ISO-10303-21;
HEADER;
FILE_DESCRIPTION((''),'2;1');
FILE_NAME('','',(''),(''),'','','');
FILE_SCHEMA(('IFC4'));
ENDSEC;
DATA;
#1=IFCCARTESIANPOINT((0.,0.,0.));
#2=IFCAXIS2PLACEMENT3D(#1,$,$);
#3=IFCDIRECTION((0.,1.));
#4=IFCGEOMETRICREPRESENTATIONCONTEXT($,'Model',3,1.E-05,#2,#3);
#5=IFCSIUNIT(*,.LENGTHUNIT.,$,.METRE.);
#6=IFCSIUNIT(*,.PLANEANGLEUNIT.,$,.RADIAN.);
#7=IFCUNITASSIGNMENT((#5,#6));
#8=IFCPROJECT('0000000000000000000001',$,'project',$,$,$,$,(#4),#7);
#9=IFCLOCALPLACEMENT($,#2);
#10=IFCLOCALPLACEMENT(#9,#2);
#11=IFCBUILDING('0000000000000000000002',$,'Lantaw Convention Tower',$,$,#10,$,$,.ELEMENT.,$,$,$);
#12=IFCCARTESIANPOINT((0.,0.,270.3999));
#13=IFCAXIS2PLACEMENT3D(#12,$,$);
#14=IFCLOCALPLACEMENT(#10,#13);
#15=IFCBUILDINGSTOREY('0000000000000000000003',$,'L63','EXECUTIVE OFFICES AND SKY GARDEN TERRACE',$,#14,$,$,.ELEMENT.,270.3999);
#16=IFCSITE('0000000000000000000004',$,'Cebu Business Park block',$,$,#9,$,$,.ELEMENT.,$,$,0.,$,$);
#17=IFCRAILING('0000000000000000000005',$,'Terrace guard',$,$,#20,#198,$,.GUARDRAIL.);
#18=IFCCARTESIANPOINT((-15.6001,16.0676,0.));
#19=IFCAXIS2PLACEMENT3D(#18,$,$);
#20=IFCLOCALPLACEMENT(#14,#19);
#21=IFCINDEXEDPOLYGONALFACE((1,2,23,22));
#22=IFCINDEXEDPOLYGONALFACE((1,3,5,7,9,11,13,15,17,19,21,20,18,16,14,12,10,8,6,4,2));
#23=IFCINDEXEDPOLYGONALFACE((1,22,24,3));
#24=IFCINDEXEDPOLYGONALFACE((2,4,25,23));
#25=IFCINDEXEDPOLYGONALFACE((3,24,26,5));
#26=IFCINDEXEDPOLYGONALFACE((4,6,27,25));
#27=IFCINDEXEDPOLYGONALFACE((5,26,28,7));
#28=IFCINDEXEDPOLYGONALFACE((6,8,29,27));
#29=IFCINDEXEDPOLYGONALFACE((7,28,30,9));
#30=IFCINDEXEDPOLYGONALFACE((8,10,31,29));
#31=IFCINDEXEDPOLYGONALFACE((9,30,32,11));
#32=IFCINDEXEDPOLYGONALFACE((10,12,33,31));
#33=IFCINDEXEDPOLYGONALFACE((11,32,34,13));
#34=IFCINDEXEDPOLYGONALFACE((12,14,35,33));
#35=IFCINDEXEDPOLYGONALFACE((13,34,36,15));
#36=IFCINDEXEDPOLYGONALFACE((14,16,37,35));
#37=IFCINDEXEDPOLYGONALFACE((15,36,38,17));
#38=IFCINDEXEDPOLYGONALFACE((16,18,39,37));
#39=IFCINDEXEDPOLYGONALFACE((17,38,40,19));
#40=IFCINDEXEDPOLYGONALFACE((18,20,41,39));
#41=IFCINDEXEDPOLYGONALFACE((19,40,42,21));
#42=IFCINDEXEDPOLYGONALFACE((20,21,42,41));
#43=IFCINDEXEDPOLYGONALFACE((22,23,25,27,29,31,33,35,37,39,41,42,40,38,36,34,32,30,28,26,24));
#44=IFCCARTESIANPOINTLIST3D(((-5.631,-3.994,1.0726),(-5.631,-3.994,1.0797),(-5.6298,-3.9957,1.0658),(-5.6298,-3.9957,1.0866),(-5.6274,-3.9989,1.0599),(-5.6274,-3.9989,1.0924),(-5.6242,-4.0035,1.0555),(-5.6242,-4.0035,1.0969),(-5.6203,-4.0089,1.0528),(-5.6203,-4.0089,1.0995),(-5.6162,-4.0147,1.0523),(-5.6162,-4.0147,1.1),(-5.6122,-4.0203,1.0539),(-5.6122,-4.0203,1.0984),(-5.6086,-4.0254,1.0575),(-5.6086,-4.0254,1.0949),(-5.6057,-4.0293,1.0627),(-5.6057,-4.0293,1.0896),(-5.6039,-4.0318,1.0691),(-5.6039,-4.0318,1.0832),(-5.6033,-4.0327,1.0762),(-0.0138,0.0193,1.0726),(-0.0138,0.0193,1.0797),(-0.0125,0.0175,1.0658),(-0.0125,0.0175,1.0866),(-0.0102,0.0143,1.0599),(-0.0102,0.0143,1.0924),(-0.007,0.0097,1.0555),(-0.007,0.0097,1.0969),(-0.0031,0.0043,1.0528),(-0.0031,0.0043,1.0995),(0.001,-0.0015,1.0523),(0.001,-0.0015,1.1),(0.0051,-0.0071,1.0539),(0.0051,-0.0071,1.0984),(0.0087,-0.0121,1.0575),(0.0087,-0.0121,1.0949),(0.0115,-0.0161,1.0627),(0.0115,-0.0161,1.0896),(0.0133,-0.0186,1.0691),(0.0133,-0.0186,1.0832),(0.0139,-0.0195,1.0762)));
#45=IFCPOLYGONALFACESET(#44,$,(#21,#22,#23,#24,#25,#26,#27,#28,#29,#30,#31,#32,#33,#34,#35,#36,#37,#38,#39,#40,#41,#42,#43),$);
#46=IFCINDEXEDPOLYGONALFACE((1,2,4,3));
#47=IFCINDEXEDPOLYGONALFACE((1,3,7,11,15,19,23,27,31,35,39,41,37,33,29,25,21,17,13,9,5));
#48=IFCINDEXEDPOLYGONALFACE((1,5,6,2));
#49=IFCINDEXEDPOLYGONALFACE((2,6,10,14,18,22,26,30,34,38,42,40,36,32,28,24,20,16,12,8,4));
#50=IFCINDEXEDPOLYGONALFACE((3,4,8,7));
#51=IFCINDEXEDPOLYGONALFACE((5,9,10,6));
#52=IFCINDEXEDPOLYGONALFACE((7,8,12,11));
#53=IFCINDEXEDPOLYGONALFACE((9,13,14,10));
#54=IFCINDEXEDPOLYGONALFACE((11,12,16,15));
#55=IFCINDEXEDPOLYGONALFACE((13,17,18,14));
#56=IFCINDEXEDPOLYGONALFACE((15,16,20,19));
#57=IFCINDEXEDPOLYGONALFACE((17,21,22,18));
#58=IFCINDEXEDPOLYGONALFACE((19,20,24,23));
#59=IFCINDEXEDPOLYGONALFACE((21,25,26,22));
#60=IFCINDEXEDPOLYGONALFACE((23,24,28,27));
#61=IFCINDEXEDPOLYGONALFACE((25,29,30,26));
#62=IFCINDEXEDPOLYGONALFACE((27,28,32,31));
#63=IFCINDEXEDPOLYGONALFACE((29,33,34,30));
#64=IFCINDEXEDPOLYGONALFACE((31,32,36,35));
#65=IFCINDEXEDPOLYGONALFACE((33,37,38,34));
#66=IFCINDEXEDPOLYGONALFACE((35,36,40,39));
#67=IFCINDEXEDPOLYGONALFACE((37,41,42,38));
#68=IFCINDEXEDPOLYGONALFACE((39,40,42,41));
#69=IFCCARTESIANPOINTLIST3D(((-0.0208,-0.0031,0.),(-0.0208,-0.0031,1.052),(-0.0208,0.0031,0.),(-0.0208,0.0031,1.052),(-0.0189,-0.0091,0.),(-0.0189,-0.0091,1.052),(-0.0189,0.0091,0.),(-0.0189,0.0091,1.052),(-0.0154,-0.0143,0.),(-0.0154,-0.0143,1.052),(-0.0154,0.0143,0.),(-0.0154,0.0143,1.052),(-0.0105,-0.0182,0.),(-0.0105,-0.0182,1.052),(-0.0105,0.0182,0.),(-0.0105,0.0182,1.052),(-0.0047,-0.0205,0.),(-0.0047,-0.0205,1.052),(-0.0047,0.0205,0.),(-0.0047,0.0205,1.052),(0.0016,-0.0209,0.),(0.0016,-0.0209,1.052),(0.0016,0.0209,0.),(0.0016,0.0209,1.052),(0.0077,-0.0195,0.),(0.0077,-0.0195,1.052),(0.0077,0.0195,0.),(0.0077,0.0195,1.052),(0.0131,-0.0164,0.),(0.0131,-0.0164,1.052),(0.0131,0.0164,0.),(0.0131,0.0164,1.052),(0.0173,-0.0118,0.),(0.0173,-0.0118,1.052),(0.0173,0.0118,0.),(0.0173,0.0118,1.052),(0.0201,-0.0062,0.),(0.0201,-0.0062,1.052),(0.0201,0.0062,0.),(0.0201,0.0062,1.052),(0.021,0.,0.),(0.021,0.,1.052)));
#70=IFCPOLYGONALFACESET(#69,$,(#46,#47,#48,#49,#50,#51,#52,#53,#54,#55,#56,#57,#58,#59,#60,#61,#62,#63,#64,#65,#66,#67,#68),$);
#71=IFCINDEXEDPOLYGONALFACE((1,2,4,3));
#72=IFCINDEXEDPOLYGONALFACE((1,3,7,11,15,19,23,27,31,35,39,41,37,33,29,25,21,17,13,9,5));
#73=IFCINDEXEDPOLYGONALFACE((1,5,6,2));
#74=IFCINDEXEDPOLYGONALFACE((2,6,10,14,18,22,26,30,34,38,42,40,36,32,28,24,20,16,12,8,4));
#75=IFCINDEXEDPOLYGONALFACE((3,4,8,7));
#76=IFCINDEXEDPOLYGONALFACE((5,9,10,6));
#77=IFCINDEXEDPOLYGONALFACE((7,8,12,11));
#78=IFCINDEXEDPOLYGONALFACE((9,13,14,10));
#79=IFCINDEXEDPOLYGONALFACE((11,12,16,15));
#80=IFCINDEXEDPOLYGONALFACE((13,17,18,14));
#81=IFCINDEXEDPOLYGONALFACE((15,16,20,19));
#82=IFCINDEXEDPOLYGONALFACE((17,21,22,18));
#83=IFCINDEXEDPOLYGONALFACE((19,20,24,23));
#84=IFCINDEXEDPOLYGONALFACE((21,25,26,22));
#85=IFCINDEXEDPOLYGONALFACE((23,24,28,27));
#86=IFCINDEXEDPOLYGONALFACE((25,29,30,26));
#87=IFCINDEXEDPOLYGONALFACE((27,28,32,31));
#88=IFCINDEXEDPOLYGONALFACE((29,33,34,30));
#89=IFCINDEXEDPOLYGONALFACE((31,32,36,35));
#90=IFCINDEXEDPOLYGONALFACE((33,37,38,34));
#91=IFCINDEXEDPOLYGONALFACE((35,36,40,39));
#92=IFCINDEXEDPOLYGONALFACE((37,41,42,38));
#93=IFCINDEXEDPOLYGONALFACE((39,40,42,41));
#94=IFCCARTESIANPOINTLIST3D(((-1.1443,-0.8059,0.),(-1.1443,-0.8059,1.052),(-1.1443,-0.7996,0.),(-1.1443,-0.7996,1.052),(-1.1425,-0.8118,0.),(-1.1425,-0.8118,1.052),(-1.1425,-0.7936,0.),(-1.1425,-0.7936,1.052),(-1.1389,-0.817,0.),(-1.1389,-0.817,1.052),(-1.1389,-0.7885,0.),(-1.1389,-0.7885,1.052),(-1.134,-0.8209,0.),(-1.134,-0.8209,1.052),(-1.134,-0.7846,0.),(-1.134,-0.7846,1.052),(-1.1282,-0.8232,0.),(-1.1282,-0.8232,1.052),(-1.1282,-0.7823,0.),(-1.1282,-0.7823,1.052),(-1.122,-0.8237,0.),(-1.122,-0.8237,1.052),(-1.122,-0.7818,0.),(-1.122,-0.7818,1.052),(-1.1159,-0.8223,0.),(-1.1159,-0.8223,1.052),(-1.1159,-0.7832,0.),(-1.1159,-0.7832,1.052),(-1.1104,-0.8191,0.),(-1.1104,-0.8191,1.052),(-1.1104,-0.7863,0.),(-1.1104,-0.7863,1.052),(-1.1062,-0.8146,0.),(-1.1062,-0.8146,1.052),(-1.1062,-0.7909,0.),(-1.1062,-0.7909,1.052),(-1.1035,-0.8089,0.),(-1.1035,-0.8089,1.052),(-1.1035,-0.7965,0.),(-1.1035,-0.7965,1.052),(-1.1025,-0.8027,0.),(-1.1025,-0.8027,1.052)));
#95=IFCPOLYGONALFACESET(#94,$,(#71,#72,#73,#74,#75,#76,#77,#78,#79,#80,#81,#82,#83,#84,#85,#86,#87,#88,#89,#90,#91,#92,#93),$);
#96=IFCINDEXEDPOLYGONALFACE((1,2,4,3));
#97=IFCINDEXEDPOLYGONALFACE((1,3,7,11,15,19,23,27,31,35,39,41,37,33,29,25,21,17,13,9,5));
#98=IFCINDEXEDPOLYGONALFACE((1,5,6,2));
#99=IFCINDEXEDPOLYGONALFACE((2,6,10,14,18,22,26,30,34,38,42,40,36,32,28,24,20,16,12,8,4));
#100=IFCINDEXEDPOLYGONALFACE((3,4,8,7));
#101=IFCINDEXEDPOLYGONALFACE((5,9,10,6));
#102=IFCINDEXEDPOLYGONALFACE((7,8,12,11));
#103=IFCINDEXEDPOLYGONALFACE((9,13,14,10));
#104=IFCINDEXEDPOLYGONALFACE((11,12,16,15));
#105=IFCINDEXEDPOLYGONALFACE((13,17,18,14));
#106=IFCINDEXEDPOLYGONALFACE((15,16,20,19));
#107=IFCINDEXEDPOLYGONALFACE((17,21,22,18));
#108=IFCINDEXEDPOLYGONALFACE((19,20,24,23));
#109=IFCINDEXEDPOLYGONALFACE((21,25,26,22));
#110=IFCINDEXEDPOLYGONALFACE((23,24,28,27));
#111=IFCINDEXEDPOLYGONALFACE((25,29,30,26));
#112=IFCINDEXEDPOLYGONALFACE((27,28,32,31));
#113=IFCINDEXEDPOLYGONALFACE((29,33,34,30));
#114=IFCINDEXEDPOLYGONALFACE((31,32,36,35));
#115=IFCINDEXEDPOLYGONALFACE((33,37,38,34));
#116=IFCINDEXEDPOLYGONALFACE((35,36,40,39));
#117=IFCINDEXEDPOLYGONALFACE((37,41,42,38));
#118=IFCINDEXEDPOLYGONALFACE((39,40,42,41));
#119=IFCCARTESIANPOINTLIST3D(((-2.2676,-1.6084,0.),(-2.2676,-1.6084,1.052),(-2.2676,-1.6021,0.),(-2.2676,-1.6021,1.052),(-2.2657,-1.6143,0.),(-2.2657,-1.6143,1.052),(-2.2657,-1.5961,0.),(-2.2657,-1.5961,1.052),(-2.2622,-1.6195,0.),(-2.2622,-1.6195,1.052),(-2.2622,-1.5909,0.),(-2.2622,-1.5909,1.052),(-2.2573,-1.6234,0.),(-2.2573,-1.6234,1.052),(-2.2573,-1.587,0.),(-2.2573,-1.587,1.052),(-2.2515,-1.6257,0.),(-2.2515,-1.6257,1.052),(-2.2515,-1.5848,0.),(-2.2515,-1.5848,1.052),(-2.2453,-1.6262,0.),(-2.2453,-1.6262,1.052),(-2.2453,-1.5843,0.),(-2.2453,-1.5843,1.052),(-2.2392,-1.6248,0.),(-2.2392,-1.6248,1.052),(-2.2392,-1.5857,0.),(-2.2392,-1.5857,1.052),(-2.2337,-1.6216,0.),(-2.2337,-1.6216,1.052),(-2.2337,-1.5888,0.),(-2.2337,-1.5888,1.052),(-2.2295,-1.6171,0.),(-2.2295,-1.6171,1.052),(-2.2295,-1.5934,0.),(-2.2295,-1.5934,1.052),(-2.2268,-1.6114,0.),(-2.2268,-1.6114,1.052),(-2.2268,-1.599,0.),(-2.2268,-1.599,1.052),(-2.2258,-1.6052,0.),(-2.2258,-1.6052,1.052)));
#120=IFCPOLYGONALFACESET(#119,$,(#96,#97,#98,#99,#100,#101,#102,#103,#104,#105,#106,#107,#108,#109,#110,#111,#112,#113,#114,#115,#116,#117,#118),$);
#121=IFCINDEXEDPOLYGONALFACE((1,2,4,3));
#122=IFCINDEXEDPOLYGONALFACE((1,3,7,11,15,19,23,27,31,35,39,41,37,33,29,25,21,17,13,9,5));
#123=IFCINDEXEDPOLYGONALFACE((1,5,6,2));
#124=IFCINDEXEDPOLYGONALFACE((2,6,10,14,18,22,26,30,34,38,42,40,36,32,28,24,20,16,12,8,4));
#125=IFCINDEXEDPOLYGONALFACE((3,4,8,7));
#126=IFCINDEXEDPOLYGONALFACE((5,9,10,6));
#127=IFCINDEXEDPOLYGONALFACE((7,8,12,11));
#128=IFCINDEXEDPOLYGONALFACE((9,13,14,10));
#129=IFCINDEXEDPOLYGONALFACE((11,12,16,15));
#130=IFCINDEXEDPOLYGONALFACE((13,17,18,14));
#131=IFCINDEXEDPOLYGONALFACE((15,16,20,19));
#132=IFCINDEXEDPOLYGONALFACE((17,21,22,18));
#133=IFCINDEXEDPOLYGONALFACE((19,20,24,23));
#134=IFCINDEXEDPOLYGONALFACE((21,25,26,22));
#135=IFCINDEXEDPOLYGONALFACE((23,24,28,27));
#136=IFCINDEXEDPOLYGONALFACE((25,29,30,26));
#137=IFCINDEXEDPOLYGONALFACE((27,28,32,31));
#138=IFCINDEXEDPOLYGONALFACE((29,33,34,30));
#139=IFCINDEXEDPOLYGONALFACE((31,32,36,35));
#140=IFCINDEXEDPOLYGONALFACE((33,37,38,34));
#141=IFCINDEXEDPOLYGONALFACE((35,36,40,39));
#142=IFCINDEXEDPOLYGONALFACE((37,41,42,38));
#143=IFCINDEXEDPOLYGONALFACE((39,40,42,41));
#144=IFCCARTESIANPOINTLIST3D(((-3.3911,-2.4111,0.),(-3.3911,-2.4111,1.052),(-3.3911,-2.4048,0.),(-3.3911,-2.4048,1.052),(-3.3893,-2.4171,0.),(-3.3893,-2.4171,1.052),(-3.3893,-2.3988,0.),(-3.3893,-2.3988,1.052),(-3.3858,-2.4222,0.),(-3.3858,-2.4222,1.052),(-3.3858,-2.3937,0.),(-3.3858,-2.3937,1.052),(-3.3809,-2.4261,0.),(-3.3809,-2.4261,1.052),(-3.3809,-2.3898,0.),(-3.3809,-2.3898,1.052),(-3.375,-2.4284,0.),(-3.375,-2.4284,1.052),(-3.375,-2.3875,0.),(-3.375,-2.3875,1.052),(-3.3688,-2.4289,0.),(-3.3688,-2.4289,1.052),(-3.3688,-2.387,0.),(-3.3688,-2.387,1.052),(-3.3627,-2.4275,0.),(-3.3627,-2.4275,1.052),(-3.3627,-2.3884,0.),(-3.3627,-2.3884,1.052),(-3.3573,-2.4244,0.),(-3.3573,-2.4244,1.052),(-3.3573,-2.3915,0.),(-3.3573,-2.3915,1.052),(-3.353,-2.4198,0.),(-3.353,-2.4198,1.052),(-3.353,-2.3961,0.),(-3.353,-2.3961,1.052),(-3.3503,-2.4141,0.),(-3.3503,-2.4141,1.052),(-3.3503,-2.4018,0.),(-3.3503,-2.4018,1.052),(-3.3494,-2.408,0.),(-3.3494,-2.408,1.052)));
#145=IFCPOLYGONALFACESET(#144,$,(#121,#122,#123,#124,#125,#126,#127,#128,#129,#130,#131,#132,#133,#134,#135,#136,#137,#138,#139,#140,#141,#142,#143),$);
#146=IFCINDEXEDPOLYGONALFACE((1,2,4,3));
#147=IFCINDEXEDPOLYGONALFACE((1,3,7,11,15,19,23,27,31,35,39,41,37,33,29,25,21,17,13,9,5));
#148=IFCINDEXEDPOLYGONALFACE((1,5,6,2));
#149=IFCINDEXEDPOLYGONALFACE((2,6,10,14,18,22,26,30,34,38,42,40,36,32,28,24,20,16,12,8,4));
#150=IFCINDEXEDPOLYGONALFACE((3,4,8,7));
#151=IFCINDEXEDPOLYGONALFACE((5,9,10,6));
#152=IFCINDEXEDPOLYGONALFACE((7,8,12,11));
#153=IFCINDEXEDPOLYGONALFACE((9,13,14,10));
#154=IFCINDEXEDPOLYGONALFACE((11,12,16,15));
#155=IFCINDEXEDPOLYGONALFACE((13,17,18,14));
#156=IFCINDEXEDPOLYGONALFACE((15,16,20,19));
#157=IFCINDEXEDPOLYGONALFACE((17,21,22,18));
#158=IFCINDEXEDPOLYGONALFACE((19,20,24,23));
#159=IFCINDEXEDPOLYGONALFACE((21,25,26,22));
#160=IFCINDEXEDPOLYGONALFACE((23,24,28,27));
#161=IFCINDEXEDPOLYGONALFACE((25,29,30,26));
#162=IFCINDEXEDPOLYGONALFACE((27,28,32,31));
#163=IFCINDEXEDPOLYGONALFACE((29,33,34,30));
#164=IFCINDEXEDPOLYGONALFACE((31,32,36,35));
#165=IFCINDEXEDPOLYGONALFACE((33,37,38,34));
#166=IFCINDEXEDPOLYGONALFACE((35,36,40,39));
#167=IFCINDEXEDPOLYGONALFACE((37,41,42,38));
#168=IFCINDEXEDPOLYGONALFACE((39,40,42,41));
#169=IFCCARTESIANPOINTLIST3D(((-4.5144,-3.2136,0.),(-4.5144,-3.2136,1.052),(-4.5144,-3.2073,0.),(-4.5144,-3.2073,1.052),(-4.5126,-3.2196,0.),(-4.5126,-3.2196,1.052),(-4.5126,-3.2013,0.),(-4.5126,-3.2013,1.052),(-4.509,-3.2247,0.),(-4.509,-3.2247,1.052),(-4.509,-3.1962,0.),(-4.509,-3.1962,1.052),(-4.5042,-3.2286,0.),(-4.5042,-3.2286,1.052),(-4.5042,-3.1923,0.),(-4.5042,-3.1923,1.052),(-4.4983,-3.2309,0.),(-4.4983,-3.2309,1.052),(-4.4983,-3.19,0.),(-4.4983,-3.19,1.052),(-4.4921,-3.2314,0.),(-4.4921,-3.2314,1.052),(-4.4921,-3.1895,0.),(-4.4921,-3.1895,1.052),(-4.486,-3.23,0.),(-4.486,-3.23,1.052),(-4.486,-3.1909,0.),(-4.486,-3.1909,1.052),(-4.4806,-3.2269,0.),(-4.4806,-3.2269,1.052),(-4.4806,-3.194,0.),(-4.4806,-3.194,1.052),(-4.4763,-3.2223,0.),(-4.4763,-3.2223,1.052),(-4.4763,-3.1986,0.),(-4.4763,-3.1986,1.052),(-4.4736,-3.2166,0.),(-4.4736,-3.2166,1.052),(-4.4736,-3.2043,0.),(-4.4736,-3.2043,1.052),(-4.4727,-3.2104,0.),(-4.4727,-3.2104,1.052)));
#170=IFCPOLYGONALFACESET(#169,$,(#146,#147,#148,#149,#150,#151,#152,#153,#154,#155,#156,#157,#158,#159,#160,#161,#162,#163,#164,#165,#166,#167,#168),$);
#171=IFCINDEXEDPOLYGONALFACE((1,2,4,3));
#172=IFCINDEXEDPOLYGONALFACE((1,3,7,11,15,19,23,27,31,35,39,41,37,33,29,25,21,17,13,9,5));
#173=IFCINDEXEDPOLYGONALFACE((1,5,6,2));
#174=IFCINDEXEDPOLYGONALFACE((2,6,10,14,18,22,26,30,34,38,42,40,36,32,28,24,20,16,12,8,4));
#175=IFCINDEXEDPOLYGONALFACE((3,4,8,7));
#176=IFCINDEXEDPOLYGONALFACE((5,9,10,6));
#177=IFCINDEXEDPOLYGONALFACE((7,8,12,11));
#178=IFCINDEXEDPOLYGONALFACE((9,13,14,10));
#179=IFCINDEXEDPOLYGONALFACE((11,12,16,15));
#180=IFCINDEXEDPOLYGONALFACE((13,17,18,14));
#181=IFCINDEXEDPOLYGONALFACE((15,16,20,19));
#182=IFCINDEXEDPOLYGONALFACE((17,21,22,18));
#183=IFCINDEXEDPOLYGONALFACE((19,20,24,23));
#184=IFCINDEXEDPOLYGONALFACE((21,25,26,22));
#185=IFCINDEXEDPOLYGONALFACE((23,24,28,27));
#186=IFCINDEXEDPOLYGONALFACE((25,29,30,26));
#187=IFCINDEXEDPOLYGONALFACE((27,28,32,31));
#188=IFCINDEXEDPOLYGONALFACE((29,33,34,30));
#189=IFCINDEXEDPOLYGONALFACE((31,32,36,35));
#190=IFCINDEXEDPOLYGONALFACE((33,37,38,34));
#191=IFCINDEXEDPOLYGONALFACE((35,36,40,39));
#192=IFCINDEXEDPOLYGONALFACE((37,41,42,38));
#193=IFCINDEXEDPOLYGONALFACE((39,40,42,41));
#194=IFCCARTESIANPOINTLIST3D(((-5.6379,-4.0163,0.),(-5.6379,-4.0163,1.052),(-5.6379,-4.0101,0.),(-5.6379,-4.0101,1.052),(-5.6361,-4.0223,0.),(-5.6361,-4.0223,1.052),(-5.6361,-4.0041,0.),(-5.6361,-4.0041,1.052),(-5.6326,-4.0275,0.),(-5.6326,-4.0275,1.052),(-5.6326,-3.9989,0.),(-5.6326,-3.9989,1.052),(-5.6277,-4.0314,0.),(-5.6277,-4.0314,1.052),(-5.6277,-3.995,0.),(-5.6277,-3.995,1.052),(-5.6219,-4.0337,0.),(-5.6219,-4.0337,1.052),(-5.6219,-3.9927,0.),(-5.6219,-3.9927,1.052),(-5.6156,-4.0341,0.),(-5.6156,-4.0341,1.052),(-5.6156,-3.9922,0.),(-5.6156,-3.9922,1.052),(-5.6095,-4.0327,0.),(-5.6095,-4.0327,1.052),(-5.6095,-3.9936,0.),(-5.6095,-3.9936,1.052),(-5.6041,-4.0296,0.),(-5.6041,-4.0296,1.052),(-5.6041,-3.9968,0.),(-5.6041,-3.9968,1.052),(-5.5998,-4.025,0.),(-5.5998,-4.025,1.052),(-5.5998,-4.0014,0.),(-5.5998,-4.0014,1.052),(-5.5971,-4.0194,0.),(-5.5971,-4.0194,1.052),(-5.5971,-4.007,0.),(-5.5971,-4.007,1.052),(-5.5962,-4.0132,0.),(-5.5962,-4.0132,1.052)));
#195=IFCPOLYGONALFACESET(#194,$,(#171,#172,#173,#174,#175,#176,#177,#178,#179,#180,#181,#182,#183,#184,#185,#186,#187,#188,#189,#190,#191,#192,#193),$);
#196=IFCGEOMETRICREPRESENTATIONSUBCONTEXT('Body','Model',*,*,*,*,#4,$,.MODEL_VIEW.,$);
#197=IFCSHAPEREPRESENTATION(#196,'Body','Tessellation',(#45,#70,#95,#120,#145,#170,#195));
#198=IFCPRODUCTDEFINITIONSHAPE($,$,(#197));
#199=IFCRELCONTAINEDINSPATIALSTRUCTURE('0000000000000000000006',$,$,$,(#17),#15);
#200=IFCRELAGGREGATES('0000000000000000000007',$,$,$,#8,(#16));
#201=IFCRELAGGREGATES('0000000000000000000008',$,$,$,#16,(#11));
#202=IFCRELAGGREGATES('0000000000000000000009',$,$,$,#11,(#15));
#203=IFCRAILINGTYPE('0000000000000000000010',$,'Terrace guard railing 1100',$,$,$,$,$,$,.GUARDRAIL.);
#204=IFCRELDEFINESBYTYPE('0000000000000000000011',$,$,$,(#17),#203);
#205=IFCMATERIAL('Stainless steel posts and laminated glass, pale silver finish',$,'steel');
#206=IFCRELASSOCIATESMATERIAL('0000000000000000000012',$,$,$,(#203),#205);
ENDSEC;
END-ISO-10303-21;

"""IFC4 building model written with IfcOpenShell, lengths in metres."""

from ifc_helpers import new_model, si_unit, direction, frame, origin, origin_2d, place, context, subcontext, project, spatial, circle, extrude, material, type_object, element, save


model = new_model("IFC4")

# Units and contexts
model_context = context("Model", 3, precision=1e-05, world=origin(), true_north=direction((0.0, 1.0)))
body_context = subcontext(model_context, "Body", "Model", "MODEL_VIEW")
ifc_project = project(units=[si_unit("LENGTHUNIT", "METRE"), si_unit("PLANEANGLEUNIT", "RADIAN")], contexts=[model_context])

# Site, building, storey
site_placement = place(None, origin())
site = spatial("IfcSite", under=ifc_project, at=site_placement, Name="Cebu Business Park block", CompositionType="ELEMENT", RefElevation=0.0)
building_placement = place(site_placement, origin())
building = spatial("IfcBuilding", under=site, at=building_placement, Name="Lantaw Convention Tower", CompositionType="ELEMENT")
storey_placement = place(building_placement, frame((0.0, 0.0, 270.3999)))
storey = spatial("IfcBuildingStorey", under=building, at=storey_placement, Name="L63", Description="EXECUTIVE OFFICES AND SKY GARDEN TERRACE", CompositionType="ELEMENT", Elevation=270.3999)

# Railing
ifc_material_1 = material(Name="Stainless steel posts and laminated glass, pale silver finish", Category="steel")
railing_type = type_object("IfcRailingType", Name="Terrace guard railing 1100", PredefinedType="GUARDRAIL", material=ifc_material_1)
railing_1_placement = place(storey_placement, frame((-15.6001, 16.0676, 0.0)))
element("IfcRailing", 1, at=railing_1_placement, inside=storey, type_object=railing_type, Name="Terrace guard", PredefinedType="GUARDRAIL", context=body_context, shape_type="SweptSolid", body=[
    extrude(circle(Radius=0.0239, at=origin_2d()), frame((0.0, 0.0, 1.0762), z_axis=(-0.813671, -0.581325, 0.0), x_axis=(0.581325, -0.813671, 0.0)), (0.0, 0.0, 1.0), 6.9036),
    extrude(circle(Radius=0.021, at=origin_2d()), origin(), (0.0, 0.0, 1.0), 1.052),
    extrude(circle(Radius=0.021, at=origin_2d()), frame((-1.1235, -0.8027, 0.0)), (0.0, 0.0, 1.0), 1.052),
    extrude(circle(Radius=0.021, at=origin_2d()), frame((-2.2468, -1.6052, 0.0)), (0.0, 0.0, 1.0), 1.052),
    extrude(circle(Radius=0.021, at=origin_2d()), frame((-3.3704, -2.408, 0.0)), (0.0, 0.0, 1.0), 1.052),
    extrude(circle(Radius=0.021, at=origin_2d()), frame((-4.4937, -3.2104, 0.0)), (0.0, 0.0, 1.0), 1.052),
    extrude(circle(Radius=0.021, at=origin_2d()), frame((-5.6172, -4.0132, 0.0)), (0.0, 0.0, 1.0), 1.052),
])

save(model, "model.ifc")
